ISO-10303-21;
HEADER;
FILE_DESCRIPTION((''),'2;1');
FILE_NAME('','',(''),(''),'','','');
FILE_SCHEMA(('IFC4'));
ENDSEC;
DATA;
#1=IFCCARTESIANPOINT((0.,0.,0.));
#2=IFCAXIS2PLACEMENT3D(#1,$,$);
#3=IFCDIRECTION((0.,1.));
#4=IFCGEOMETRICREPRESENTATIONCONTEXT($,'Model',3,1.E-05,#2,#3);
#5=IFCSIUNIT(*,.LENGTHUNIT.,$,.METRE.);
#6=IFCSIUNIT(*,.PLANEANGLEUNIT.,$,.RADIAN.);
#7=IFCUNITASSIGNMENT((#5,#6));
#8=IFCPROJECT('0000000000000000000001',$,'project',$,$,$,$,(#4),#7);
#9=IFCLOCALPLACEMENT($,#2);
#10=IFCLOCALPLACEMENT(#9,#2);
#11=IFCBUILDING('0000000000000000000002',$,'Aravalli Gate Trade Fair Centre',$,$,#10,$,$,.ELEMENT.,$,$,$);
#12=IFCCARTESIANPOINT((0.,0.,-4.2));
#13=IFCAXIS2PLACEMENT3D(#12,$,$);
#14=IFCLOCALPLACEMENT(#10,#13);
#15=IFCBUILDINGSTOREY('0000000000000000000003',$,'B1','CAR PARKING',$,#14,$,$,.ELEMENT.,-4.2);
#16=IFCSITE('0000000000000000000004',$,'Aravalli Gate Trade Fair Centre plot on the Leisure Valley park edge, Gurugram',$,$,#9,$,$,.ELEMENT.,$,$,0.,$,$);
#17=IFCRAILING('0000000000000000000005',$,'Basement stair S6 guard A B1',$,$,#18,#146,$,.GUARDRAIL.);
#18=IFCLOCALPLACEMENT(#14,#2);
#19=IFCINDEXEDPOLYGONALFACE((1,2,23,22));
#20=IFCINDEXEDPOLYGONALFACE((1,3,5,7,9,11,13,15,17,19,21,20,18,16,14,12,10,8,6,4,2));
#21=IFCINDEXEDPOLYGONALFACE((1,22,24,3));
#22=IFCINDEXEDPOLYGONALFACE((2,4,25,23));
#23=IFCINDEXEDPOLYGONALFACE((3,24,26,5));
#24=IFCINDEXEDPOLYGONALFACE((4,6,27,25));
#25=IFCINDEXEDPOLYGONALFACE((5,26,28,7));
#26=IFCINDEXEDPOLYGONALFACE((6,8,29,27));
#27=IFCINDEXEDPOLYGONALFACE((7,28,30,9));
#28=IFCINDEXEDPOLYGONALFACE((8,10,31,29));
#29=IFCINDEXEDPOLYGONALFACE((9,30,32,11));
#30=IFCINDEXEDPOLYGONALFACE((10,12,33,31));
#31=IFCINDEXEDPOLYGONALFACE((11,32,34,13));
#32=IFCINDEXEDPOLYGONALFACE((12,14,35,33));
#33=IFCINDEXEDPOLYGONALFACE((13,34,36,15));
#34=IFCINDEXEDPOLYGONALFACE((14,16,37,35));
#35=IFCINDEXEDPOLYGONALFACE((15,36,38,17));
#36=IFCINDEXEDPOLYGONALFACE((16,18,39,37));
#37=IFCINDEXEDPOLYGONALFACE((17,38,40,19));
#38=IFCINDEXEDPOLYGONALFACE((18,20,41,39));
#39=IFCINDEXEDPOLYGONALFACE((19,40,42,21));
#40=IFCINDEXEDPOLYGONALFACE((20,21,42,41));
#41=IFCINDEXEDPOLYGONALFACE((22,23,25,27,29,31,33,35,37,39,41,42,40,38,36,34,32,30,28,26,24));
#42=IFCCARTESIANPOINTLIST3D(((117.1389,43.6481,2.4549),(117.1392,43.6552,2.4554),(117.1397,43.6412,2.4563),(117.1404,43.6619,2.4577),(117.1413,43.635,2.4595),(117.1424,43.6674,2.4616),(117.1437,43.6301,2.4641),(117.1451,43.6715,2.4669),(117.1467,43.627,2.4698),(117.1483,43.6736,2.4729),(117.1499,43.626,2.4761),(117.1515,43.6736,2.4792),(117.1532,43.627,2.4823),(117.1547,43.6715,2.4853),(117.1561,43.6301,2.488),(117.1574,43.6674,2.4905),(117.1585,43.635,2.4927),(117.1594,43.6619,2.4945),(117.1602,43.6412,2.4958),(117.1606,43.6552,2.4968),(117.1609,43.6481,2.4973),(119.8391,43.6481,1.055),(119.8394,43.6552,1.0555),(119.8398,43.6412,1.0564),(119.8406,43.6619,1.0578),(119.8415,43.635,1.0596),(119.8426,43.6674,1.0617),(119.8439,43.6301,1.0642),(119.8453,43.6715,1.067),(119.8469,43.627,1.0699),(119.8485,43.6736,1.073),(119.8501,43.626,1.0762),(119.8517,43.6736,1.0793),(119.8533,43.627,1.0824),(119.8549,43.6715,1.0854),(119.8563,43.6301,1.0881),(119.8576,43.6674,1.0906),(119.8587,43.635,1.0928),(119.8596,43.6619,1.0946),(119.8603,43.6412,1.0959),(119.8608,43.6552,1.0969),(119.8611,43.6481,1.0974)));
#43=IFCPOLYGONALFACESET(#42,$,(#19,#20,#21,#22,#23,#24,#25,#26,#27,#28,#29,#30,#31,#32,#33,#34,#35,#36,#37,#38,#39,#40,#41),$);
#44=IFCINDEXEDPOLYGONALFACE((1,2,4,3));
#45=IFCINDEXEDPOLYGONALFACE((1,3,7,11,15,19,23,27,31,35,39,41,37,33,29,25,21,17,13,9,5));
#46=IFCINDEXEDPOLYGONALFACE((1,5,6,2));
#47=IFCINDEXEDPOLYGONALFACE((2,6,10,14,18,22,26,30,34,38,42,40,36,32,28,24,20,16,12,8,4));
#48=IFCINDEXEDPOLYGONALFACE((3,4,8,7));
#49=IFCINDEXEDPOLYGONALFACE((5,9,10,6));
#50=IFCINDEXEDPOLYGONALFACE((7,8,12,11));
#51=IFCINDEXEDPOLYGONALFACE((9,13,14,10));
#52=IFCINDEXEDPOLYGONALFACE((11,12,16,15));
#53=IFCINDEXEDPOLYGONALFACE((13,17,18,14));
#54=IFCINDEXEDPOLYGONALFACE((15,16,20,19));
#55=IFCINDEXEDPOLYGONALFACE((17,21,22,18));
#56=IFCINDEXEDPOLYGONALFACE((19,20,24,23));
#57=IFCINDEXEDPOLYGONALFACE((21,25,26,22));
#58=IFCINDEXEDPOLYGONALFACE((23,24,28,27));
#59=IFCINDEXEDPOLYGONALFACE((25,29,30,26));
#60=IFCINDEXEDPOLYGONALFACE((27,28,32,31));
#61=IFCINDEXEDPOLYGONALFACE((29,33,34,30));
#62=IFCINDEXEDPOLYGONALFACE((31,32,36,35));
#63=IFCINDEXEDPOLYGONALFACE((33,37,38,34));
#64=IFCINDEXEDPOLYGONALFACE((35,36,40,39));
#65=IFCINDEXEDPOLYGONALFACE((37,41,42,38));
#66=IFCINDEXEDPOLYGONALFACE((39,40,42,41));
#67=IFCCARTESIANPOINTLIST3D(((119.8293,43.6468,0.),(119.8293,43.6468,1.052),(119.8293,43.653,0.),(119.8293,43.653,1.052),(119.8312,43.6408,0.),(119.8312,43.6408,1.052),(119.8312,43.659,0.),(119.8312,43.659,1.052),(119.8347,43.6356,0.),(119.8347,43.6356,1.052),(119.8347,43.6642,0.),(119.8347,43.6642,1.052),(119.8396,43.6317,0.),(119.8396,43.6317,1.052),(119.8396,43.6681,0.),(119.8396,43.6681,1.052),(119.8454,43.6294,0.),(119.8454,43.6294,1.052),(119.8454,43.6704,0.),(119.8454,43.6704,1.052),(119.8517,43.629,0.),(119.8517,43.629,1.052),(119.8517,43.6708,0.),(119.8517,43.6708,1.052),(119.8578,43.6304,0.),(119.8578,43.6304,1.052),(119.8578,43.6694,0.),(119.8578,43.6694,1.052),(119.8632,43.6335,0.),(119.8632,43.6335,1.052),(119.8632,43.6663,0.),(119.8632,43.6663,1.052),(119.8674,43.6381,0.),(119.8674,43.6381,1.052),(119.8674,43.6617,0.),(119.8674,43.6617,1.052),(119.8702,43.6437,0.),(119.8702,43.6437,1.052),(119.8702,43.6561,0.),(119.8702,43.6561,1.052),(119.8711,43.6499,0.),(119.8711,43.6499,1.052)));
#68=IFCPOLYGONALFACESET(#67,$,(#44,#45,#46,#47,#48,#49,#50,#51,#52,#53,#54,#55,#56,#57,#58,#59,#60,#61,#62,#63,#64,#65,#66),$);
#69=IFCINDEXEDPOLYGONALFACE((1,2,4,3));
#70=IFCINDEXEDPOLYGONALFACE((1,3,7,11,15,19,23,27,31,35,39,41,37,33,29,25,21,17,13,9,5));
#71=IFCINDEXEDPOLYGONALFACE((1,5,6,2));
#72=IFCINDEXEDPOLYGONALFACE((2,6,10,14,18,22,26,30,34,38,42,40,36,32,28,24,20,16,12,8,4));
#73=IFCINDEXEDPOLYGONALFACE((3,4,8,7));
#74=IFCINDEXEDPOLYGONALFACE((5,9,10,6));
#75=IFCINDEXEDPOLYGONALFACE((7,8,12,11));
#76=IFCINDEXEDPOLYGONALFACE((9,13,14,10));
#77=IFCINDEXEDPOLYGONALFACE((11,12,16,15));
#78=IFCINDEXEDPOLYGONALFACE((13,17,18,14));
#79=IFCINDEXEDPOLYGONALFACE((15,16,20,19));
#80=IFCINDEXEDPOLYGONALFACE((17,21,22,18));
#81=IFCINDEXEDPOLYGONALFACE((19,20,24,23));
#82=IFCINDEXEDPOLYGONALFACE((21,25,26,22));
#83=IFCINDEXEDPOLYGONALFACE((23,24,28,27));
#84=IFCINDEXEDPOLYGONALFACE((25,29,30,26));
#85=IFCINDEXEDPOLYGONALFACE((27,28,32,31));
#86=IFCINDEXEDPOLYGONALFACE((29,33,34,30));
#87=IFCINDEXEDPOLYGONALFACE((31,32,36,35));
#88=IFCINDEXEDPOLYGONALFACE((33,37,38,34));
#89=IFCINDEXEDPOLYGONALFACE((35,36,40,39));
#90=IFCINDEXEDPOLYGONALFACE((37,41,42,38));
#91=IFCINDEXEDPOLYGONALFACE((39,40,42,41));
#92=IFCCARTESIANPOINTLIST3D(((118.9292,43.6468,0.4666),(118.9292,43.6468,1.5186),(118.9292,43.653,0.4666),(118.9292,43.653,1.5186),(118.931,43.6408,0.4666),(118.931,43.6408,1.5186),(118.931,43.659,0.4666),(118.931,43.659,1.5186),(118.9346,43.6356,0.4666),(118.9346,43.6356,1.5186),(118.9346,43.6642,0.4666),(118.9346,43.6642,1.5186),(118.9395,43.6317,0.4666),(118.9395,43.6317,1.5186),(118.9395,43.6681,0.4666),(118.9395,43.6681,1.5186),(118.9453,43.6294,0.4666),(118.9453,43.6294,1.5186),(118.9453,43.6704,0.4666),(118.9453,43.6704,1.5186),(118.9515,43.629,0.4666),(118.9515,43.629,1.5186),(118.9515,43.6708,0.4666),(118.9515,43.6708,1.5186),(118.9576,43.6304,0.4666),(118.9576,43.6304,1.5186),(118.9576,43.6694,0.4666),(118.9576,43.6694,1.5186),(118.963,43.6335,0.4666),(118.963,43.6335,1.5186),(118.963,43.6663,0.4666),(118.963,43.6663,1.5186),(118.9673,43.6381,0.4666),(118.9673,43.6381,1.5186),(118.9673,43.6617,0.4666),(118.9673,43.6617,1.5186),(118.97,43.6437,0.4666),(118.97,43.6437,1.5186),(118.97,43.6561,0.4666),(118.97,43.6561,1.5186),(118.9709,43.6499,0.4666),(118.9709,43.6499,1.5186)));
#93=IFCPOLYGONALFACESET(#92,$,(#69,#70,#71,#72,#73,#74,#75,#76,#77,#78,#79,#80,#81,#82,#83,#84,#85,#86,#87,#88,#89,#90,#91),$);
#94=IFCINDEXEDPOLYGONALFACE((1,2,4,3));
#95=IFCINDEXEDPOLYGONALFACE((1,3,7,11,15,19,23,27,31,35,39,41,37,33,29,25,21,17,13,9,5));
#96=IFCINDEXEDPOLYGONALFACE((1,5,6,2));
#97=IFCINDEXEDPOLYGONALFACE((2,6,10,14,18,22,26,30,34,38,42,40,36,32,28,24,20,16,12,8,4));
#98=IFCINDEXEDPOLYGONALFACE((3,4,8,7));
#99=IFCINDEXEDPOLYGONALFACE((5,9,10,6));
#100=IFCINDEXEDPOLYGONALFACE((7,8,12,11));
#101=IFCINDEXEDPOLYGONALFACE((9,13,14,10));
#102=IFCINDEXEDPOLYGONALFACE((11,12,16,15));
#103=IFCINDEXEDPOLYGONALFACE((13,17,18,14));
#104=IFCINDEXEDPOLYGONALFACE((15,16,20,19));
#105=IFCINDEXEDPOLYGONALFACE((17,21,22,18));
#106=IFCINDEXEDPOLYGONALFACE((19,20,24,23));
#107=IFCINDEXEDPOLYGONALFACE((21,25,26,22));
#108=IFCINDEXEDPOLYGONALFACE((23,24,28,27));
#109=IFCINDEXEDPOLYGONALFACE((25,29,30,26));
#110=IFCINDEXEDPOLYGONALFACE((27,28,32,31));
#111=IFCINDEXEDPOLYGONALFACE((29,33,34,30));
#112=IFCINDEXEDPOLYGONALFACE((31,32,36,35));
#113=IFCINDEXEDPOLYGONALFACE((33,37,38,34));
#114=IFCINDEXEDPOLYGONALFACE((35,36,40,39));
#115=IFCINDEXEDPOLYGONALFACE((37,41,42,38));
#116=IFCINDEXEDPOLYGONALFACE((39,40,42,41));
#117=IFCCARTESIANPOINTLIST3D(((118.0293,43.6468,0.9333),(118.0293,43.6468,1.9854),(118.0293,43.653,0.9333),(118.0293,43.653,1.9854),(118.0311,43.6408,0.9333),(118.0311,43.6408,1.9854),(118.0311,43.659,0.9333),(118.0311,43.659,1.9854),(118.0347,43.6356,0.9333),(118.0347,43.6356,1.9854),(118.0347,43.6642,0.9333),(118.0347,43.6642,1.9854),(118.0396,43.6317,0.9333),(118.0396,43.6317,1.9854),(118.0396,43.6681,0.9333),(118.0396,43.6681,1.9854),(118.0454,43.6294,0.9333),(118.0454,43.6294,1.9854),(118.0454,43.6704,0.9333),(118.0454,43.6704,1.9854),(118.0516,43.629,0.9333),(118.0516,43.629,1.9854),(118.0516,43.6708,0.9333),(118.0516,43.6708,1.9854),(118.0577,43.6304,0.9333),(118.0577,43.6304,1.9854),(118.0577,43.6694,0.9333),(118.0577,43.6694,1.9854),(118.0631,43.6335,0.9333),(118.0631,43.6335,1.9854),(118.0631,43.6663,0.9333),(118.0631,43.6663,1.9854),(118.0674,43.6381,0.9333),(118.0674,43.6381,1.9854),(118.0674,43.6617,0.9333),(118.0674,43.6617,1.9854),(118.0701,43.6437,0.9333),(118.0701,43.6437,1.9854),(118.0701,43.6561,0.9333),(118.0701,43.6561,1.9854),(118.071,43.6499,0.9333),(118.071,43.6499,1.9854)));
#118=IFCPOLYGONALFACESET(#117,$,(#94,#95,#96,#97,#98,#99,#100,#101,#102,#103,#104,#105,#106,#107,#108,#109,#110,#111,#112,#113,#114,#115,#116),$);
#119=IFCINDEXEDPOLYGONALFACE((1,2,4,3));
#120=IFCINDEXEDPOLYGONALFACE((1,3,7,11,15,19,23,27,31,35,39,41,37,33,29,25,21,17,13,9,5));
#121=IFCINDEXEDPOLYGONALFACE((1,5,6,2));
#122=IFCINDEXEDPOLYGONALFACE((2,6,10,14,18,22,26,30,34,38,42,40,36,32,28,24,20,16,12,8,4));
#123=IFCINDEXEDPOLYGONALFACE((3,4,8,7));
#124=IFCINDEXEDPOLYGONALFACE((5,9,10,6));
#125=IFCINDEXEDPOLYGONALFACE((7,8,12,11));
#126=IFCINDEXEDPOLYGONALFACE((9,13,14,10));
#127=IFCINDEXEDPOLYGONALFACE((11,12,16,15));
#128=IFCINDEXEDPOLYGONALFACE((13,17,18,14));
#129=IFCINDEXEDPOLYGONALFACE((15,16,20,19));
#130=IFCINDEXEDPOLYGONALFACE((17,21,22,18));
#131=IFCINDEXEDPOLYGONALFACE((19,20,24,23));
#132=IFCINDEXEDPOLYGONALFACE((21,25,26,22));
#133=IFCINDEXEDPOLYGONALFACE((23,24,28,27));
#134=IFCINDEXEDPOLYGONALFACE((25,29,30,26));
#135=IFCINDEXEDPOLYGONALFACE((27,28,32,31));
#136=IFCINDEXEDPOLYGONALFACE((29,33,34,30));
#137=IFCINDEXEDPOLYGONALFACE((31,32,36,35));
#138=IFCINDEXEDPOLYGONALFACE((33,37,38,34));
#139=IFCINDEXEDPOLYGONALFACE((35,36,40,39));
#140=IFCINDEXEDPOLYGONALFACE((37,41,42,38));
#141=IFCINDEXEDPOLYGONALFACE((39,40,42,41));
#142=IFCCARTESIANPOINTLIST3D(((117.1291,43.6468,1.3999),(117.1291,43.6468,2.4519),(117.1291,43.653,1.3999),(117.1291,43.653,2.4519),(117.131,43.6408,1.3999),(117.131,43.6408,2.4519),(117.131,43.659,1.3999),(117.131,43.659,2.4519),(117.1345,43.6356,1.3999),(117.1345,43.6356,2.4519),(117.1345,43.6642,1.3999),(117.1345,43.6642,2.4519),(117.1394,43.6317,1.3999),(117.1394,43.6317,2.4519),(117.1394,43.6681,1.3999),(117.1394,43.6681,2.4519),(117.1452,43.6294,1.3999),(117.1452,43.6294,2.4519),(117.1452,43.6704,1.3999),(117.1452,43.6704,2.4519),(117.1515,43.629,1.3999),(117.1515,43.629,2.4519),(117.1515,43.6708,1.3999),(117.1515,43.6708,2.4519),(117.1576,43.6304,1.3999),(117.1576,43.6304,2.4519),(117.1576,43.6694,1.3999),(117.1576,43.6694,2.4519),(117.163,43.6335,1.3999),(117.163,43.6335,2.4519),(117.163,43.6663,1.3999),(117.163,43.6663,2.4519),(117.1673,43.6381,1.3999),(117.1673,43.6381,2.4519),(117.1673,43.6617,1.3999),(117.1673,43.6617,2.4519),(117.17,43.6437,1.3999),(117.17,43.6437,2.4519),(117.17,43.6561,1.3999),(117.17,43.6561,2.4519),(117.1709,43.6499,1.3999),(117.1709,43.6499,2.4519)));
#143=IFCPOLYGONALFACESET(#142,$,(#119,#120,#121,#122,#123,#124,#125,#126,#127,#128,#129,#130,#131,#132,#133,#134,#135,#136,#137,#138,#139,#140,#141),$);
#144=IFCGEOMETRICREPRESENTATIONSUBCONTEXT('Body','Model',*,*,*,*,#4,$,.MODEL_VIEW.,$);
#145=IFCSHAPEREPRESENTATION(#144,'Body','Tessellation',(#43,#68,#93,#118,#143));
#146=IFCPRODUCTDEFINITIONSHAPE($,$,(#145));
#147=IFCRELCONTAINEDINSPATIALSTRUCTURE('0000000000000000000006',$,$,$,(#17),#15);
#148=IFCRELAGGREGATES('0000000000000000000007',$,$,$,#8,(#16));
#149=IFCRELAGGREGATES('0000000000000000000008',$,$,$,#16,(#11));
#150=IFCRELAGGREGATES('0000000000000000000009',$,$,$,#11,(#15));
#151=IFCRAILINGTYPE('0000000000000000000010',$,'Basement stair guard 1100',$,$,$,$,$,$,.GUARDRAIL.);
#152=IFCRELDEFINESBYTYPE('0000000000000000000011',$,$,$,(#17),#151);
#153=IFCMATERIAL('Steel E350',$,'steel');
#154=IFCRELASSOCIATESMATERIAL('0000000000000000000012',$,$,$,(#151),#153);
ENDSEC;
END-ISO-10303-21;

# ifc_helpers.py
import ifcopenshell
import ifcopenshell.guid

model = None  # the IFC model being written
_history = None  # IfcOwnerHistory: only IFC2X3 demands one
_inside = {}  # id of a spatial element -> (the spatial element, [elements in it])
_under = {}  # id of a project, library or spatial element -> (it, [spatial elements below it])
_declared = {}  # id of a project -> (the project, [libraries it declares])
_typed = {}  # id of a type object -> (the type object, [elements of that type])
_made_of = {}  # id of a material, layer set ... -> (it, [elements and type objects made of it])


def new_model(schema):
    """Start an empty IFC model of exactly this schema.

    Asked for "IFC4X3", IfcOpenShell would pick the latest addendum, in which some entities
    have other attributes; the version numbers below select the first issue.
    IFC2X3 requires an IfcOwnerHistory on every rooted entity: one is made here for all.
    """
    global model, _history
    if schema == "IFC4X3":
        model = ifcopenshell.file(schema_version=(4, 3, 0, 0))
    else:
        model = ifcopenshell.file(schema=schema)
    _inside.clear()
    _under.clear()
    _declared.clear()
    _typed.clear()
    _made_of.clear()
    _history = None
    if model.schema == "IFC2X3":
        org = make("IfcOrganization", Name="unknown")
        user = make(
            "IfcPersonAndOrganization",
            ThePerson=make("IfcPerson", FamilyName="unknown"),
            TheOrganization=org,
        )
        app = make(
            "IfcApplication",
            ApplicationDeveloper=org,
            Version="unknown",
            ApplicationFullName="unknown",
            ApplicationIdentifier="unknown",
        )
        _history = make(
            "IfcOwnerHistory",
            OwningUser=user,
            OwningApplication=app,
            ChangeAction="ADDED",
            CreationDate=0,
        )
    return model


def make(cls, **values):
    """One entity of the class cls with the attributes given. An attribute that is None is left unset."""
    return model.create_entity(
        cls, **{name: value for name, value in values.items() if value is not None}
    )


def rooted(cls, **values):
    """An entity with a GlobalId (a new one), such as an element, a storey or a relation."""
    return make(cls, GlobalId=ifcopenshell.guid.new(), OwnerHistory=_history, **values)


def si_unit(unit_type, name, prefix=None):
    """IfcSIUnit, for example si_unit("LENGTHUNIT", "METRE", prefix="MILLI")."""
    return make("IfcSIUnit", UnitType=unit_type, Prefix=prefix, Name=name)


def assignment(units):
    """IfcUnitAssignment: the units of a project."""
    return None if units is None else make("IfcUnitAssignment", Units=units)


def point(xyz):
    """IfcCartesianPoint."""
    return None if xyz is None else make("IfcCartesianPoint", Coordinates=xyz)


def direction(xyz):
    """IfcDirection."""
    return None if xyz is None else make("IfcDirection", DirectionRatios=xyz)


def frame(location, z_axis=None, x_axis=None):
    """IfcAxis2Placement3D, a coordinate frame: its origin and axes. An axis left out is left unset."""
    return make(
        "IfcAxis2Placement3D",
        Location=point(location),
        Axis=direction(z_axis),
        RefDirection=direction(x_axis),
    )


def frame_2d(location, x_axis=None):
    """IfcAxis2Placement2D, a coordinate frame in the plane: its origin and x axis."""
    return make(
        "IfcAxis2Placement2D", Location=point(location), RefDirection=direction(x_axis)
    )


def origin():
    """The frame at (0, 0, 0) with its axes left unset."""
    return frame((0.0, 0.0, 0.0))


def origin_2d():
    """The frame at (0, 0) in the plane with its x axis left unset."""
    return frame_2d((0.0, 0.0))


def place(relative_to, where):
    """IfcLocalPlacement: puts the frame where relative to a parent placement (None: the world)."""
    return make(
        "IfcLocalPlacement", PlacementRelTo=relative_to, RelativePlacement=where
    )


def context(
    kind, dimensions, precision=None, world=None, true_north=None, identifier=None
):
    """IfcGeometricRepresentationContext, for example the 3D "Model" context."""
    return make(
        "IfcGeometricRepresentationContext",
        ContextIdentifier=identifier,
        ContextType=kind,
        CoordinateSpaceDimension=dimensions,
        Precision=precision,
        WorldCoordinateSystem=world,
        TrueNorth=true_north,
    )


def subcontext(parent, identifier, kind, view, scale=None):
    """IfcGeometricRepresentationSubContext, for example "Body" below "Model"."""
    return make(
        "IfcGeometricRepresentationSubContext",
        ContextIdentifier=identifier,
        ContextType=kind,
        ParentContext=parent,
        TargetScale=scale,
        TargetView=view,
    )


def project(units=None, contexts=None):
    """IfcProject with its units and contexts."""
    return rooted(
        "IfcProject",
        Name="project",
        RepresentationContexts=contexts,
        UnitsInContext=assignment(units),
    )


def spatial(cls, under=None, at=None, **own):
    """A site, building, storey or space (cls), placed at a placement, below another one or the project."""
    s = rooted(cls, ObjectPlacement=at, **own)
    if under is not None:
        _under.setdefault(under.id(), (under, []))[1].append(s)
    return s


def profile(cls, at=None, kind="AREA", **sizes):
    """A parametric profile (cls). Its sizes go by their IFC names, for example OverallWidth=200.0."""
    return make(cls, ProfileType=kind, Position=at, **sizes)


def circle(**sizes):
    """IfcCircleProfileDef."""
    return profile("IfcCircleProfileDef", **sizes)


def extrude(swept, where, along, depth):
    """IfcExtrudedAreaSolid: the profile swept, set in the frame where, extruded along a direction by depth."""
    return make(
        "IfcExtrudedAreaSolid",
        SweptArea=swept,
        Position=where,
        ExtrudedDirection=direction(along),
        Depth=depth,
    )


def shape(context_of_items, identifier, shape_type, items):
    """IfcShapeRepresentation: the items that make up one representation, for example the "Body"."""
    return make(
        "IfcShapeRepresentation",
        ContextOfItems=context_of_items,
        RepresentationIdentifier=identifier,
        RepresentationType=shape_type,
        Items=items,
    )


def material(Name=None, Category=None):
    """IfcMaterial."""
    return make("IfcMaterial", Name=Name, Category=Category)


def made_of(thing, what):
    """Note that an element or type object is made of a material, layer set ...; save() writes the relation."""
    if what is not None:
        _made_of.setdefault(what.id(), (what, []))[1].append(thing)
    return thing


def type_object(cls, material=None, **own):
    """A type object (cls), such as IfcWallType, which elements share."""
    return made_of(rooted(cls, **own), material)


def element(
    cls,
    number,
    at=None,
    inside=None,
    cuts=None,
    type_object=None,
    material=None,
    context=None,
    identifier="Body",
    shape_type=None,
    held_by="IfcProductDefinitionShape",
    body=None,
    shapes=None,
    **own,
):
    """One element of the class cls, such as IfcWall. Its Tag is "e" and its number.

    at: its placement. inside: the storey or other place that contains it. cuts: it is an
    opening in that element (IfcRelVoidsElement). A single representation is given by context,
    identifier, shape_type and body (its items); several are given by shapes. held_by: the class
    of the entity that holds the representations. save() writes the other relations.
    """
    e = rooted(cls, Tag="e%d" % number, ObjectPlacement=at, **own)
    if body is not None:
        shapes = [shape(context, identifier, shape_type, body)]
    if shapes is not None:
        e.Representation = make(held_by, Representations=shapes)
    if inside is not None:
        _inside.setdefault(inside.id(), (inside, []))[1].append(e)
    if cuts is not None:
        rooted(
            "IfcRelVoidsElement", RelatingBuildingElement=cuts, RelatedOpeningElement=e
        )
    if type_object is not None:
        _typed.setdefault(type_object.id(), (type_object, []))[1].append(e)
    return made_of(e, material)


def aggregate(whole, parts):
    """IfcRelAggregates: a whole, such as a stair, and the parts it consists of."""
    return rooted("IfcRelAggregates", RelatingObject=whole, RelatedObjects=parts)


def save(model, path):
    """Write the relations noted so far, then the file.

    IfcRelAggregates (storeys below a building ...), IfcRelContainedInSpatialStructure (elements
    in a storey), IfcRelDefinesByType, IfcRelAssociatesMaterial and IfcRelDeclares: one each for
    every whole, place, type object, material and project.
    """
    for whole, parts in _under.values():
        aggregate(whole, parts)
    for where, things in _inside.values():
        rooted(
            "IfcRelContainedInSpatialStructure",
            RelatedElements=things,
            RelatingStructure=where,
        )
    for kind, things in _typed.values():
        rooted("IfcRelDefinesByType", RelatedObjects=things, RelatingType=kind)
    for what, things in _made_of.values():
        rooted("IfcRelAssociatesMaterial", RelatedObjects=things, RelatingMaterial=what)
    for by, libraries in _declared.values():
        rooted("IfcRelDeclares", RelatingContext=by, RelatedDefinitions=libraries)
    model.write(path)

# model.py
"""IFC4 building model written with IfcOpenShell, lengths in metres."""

from ifc_helpers import new_model, si_unit, direction, frame, origin, origin_2d, place, context, subcontext, project, spatial, circle, extrude, material, type_object, element, save


model = new_model("IFC4")

# Units and contexts
model_context = context("Model", 3, precision=1e-05, world=origin(), true_north=direction((0.0, 1.0)))
body_context = subcontext(model_context, "Body", "Model", "MODEL_VIEW")
ifc_project = project(units=[si_unit("LENGTHUNIT", "METRE"), si_unit("PLANEANGLEUNIT", "RADIAN")], contexts=[model_context])

# Site, building, storey
site_placement = place(None, origin())
site = spatial("IfcSite", under=ifc_project, at=site_placement, Name="Aravalli Gate Trade Fair Centre plot on the Leisure Valley park edge, Gurugram", CompositionType="ELEMENT", RefElevation=0.0)
building_placement = place(site_placement, origin())
building = spatial("IfcBuilding", under=site, at=building_placement, Name="Aravalli Gate Trade Fair Centre", CompositionType="ELEMENT")
storey_placement = place(building_placement, frame((0.0, 0.0, -4.2)))
storey = spatial("IfcBuildingStorey", under=building, at=storey_placement, Name="B1", Description="CAR PARKING", CompositionType="ELEMENT", Elevation=-4.2)

# Railing
ifc_material_1 = material(Name="Steel E350", Category="steel")
railing_type_1 = type_object("IfcRailingType", Name="Basement stair guard 1100", PredefinedType="GUARDRAIL", material=ifc_material_1)
railing_1_placement = place(storey_placement, frame((119.8501, 43.6499, 0.0)))
element("IfcRailing", 1, at=railing_1_placement, inside=storey, type_object=railing_type_1, Name="Basement stair S6 guard A B1", PredefinedType="GUARDRAIL", context=body_context, shape_type="SweptSolid", body=[
    extrude(circle(Radius=0.0239, at=origin_2d()), frame((0.0, 0.0, 1.0762), z_axis=(-0.887781, 0.0, 0.460266), x_axis=(0.0, -1.0, 0.0)), (0.0, 0.0, 1.0), 3.0415),
    extrude(circle(Radius=0.021, at=origin_2d()), origin(), (0.0, 0.0, 1.0), 1.052),
    extrude(circle(Radius=0.021, at=origin_2d()), frame((-0.9001, 0.0, 0.4666)), (0.0, 0.0, 1.0), 1.052),
    extrude(circle(Radius=0.021, at=origin_2d()), frame((-1.8, 0.0, 0.9333)), (0.0, 0.0, 1.0), 1.052),
    extrude(circle(Radius=0.021, at=origin_2d()), frame((-2.7002, 0.0, 1.3999)), (0.0, 0.0, 1.0), 1.052),
])

save(model, "model.ifc")
